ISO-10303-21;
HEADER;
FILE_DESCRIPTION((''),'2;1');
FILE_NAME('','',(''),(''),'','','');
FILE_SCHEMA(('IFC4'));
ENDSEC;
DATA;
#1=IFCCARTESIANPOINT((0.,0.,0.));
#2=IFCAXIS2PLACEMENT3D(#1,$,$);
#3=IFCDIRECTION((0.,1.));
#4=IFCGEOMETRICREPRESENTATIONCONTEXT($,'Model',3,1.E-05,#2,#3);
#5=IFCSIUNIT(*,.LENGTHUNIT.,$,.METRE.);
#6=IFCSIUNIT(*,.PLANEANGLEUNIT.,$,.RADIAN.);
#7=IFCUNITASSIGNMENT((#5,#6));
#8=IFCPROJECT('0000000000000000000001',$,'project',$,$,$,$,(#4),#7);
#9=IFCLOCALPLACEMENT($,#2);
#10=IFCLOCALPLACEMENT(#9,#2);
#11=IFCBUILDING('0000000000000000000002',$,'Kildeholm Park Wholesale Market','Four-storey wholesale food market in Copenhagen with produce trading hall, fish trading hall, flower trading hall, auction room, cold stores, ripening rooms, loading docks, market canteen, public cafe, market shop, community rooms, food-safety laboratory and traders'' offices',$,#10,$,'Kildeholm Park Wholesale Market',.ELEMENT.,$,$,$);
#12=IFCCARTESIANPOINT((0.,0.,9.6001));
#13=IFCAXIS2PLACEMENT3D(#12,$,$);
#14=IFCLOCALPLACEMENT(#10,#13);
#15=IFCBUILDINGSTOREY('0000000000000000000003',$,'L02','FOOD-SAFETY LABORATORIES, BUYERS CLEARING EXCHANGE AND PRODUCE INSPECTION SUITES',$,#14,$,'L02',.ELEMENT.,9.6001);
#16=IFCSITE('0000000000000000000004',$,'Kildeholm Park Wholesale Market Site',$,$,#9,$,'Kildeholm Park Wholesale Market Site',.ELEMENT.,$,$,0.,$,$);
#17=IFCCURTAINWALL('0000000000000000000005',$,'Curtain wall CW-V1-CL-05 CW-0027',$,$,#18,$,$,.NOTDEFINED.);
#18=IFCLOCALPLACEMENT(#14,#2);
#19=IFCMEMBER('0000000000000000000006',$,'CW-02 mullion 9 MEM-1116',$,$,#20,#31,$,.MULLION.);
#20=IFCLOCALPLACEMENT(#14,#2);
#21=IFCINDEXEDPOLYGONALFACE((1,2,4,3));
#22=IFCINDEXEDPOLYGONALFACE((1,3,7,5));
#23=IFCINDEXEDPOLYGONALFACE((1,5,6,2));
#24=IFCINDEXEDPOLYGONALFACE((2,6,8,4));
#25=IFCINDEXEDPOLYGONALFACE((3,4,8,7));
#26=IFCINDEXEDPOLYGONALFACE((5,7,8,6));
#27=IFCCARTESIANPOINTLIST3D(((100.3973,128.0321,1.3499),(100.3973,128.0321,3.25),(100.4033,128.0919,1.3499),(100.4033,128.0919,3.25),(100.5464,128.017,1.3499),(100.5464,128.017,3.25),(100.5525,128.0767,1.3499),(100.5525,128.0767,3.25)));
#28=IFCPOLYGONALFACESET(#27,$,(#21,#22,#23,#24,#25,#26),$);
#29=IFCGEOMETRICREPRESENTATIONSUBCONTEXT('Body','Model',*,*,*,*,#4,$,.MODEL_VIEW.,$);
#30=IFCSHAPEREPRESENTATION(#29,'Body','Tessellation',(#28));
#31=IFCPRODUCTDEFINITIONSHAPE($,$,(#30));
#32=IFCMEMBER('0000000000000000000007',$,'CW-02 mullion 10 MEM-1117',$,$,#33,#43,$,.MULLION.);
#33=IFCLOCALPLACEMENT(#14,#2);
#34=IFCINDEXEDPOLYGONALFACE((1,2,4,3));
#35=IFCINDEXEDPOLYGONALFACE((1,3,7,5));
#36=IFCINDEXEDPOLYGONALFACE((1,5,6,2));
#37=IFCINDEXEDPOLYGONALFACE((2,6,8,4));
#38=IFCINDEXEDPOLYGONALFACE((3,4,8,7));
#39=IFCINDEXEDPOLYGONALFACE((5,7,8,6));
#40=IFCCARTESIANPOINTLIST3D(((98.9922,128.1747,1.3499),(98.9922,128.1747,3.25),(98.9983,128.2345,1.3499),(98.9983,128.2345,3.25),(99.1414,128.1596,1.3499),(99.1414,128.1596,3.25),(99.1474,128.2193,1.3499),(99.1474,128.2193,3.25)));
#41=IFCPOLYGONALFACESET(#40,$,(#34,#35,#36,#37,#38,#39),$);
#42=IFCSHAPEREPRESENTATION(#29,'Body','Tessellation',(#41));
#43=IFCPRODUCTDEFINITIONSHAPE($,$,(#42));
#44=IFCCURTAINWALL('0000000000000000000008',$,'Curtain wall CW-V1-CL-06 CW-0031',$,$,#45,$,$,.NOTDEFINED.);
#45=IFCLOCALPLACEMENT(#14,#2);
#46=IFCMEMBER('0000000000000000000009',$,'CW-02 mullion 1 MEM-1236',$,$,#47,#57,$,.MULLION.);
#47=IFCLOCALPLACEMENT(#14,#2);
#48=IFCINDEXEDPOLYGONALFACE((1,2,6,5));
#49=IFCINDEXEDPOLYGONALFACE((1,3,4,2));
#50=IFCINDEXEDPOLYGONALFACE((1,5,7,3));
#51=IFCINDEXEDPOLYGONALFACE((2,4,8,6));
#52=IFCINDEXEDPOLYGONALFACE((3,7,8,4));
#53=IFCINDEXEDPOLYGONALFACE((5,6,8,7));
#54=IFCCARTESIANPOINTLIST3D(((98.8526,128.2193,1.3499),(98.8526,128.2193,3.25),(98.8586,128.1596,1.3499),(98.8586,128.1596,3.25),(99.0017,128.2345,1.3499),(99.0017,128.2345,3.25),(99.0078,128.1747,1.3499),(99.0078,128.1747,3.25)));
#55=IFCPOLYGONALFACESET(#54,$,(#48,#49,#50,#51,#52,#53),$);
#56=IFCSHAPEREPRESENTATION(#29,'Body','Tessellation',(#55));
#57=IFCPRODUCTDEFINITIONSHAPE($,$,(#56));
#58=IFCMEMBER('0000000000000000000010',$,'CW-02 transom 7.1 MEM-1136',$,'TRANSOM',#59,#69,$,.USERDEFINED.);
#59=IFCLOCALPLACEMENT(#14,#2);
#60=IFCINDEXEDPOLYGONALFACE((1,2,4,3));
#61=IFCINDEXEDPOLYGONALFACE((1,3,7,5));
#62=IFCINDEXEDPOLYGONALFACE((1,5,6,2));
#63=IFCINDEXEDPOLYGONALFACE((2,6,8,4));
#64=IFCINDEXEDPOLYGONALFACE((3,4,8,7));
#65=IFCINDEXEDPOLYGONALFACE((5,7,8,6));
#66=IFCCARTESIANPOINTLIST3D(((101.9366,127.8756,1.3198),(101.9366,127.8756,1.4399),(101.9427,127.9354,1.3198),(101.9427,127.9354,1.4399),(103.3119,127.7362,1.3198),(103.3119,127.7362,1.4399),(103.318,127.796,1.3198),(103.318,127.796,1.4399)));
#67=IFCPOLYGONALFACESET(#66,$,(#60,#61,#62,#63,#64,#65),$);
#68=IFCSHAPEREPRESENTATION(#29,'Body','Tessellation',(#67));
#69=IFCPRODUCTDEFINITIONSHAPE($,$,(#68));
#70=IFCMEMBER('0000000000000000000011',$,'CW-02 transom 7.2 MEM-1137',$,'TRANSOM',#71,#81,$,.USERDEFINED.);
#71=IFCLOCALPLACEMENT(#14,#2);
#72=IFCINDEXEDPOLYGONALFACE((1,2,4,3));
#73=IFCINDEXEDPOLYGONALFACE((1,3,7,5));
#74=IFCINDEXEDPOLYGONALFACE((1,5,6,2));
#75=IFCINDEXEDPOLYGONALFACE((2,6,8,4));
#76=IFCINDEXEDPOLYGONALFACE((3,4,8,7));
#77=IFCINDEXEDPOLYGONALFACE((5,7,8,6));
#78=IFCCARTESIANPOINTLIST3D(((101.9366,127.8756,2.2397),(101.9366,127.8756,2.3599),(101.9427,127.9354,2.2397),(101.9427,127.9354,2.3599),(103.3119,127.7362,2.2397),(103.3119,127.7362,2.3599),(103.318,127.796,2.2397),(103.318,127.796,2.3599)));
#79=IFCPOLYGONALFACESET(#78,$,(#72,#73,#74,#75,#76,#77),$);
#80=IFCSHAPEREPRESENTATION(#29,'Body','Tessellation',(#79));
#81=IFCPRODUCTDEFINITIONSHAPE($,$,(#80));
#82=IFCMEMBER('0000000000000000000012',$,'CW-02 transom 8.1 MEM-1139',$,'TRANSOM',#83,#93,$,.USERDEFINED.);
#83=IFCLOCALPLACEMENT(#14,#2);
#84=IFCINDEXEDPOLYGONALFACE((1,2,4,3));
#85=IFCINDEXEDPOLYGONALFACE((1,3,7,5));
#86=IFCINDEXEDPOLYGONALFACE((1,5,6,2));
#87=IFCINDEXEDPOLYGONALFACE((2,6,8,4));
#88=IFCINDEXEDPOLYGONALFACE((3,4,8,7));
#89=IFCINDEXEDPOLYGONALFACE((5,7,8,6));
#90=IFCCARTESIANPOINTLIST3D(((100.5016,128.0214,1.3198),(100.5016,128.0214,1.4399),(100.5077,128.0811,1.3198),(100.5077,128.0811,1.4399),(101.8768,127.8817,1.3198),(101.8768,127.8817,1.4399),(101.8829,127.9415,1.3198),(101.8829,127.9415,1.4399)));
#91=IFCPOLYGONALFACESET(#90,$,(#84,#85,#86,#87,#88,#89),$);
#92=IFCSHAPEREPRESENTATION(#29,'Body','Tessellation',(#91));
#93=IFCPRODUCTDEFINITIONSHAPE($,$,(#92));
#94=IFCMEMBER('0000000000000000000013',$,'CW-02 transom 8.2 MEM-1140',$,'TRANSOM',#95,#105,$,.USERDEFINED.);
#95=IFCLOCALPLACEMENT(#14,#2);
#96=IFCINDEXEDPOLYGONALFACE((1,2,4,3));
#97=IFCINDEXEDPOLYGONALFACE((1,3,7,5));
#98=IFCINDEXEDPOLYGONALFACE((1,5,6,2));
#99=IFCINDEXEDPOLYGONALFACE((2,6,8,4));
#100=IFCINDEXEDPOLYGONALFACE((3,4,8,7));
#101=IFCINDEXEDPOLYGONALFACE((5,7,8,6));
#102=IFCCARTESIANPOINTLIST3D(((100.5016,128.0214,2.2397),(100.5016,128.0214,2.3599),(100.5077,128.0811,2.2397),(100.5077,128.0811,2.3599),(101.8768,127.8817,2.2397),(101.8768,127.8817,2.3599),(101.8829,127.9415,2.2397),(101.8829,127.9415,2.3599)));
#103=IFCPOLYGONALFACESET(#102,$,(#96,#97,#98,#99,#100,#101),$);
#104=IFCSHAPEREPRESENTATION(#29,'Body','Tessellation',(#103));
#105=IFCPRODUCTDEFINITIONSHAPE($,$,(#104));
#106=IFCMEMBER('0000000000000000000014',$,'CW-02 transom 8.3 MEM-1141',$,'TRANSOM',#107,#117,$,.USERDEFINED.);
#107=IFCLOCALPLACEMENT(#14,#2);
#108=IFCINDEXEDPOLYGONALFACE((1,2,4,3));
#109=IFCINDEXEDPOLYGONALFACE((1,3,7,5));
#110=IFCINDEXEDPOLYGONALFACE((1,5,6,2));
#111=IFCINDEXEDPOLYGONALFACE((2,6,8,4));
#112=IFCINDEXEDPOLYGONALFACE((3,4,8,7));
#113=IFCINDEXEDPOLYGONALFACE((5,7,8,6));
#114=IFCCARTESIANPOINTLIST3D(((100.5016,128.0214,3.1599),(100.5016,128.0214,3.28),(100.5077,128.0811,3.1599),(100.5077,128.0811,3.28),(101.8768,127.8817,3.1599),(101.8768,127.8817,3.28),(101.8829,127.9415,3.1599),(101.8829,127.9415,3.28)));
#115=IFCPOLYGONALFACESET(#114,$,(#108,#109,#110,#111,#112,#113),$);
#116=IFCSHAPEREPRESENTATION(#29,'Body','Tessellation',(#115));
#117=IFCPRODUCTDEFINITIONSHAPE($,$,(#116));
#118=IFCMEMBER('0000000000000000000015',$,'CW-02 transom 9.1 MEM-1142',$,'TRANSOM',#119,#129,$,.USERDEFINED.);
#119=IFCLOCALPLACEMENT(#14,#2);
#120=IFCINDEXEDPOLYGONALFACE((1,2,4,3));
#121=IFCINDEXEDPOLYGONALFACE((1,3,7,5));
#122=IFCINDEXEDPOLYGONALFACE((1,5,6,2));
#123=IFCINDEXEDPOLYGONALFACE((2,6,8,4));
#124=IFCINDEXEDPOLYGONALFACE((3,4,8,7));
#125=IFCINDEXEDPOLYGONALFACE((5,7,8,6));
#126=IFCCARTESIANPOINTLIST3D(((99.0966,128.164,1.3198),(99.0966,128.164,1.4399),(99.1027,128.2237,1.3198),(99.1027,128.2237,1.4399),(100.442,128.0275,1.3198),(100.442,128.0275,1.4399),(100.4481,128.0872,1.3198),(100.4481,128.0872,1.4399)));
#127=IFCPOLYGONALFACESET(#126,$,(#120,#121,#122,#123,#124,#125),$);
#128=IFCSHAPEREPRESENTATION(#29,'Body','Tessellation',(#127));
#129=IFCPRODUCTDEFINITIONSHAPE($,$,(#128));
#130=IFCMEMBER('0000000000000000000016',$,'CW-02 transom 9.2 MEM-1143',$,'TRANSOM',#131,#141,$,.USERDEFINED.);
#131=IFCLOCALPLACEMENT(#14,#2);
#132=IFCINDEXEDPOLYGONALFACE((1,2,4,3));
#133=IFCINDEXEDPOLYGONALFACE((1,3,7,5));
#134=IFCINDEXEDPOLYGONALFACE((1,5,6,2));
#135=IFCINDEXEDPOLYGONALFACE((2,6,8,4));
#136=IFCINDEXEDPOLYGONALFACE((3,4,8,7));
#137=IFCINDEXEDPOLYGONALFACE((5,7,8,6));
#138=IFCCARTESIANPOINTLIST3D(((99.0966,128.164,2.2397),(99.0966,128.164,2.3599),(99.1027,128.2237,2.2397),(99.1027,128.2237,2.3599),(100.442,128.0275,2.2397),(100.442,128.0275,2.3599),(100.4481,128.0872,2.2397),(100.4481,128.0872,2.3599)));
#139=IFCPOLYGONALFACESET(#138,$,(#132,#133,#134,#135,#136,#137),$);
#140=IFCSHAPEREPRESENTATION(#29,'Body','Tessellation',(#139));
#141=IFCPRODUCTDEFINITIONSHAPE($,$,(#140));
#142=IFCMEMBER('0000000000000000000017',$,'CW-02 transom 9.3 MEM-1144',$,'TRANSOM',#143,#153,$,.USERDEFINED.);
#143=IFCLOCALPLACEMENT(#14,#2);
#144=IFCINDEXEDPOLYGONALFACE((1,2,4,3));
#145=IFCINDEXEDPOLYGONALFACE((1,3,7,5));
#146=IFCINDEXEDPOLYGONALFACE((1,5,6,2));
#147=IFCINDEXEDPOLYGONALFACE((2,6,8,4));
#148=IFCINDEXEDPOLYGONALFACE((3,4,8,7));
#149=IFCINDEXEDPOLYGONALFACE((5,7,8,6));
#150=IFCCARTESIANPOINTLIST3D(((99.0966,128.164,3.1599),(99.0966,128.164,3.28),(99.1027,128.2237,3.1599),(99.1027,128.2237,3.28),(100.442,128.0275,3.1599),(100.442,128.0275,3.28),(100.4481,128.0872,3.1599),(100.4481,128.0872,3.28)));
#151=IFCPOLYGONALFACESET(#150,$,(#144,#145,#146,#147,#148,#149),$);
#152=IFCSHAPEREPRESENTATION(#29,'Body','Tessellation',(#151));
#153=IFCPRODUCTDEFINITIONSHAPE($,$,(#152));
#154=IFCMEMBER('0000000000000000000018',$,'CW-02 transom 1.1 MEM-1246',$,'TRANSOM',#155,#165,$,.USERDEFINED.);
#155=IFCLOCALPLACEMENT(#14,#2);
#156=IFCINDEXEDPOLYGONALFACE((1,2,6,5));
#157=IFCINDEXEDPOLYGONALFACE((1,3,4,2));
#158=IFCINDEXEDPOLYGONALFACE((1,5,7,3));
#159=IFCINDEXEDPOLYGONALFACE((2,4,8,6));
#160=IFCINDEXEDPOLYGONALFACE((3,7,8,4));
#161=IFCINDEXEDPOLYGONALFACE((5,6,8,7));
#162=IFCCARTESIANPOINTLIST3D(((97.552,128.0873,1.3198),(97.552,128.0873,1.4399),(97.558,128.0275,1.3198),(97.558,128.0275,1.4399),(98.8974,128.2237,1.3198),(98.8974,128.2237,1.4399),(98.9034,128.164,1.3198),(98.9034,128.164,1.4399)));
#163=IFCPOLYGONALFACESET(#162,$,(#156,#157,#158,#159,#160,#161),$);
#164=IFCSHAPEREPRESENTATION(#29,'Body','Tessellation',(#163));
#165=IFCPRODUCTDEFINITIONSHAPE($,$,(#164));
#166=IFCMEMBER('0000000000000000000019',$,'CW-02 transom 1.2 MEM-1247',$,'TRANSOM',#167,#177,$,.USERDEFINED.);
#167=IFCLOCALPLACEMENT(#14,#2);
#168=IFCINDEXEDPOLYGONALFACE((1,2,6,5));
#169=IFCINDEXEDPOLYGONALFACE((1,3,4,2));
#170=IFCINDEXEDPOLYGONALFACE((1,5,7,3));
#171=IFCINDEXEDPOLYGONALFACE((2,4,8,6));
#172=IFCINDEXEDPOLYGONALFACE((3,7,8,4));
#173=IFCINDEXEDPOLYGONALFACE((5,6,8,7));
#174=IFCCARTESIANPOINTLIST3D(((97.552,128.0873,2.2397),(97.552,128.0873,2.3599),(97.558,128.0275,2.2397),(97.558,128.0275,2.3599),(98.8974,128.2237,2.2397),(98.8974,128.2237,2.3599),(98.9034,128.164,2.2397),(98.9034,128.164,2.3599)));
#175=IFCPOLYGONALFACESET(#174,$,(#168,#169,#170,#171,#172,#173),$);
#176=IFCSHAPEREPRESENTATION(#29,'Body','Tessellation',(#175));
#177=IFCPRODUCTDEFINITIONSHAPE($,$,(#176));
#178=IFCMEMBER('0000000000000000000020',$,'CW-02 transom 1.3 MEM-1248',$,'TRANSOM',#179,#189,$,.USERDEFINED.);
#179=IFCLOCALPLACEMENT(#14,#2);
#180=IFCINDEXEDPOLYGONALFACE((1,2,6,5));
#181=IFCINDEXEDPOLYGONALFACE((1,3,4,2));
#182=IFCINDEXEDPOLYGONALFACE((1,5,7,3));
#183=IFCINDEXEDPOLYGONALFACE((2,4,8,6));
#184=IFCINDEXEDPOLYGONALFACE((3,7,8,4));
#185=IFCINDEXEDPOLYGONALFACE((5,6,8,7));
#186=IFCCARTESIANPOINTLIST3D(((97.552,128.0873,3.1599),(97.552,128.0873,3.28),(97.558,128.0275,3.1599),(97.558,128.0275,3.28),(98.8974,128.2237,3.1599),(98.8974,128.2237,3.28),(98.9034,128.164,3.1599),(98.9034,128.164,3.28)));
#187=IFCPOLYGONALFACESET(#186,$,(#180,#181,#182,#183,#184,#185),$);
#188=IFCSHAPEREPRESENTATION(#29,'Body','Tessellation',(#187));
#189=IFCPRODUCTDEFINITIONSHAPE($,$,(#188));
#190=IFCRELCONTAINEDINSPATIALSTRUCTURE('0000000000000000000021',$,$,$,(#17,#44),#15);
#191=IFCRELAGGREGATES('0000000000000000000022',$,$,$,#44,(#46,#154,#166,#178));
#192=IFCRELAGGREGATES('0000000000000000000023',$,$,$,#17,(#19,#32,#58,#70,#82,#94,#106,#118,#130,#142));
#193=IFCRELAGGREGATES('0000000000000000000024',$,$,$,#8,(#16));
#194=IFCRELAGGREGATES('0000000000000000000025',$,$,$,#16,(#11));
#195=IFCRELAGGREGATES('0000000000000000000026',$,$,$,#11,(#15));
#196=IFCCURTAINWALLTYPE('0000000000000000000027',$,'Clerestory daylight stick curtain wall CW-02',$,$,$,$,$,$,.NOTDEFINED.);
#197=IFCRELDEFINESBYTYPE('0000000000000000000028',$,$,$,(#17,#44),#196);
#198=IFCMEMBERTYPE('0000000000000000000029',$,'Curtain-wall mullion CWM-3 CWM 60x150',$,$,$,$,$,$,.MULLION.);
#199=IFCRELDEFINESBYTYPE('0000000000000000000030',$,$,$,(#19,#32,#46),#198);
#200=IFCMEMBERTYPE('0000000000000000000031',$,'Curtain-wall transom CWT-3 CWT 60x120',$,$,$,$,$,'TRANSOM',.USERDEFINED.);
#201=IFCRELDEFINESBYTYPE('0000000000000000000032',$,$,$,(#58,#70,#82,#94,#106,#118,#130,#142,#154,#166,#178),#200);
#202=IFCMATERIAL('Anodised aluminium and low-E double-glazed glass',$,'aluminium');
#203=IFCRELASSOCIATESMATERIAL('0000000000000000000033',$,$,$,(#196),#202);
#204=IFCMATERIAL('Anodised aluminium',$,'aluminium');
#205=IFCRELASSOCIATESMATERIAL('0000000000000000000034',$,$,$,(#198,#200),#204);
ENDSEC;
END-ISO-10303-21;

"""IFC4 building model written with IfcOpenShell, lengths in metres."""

from ifc_helpers import new_model, si_unit, direction, frame, origin, origin_2d, place, context, subcontext, project, spatial, rectangle, extrude, material, material_profile, profile_set, type_object, element, aggregate, save


model = new_model("IFC4")

# Units and contexts
model_context = context("Model", 3, precision=1e-05, world=origin(), true_north=direction((0.0, 1.0)))
body_context = subcontext(model_context, "Body", "Model", "MODEL_VIEW")
ifc_project = project(units=[si_unit("LENGTHUNIT", "METRE"), si_unit("PLANEANGLEUNIT", "RADIAN")], contexts=[model_context])

# Site, building, storey
site_placement = place(None, origin())
site = spatial("IfcSite", under=ifc_project, at=site_placement, Name="Kildeholm Park Wholesale Market Site", LongName="Kildeholm Park Wholesale Market Site", CompositionType="ELEMENT", RefElevation=0.0)
building_placement = place(site_placement, origin())
building = spatial("IfcBuilding", under=site, at=building_placement, Name="Kildeholm Park Wholesale Market", Description="Four-storey wholesale food market in Copenhagen with produce trading hall, fish trading hall, flower trading hall, auction room, cold stores, ripening rooms, loading docks, market canteen, public cafe, market shop, community rooms, food-safety laboratory and traders' offices", LongName="Kildeholm Park Wholesale Market", CompositionType="ELEMENT")
storey_placement = place(building_placement, frame((0.0, 0.0, 9.6001)))
storey = spatial("IfcBuildingStorey", under=building, at=storey_placement, Name="L02", Description="FOOD-SAFETY LABORATORIES, BUYERS CLEARING EXCHANGE AND PRODUCE INSPECTION SUITES", LongName="L02", CompositionType="ELEMENT", Elevation=9.6001)

# Curtain wall, members
ifc_material_1 = material(Name="Anodised aluminium and low-E double-glazed glass", Category="aluminium")
curtain_wall_type = type_object("IfcCurtainWallType", Name="Clerestory daylight stick curtain wall CW-02", PredefinedType="NOTDEFINED", material=ifc_material_1)
curtain_wall_1_placement = place(storey_placement, origin())
curtain_wall_1 = element("IfcCurtainWall", 1, at=curtain_wall_1_placement, inside=storey, type_object=curtain_wall_type, Name="Curtain wall CW-V1-CL-05 CW-0027", PredefinedType="NOTDEFINED")
ifc_material_2 = material(Name="Anodised aluminium", Category="aluminium")
ifc_material_profile_1 = material_profile(ifc_material_2, rectangle(XDim=0.0601, YDim=0.1499, at=origin_2d()), Name="CWM 60x150")
ifc_profile_set_1 = profile_set([ifc_material_profile_1], Name="Anodised aluminium")
member_type_1 = type_object("IfcMemberType", Name="Curtain-wall mullion CWM-3 CWM 60x150", PredefinedType="MULLION", material=ifc_profile_set_1)
member_1_placement = place(storey_placement, frame((100.4749, 128.0544, 1.3499), z_axis=(0.0, 0.0, 1.0), x_axis=(-0.100999, -0.994887, 0.0)))
member_1 = element("IfcMember", 2, at=member_1_placement, type_object=member_type_1, Name="CW-02 mullion 9 MEM-1116", PredefinedType="MULLION", context=body_context, shape_type="SweptSolid", body=[
    extrude(rectangle(XDim=0.0601, YDim=0.1499, at=origin_2d()), origin(), (0.0, 0.0, 1.0), 1.9001),
])
member_2_placement = place(storey_placement, frame((99.0698, 128.197, 1.3499), z_axis=(0.0, 0.0, 1.0), x_axis=(-0.100999, -0.994887, 0.0)))
member_2 = element("IfcMember", 3, at=member_2_placement, type_object=member_type_1, Name="CW-02 mullion 10 MEM-1117", PredefinedType="MULLION", context=body_context, shape_type="SweptSolid", body=[
    extrude(rectangle(XDim=0.0601, YDim=0.1499, at=origin_2d()), origin(), (0.0, 0.0, 1.0), 1.9001),
])

# Curtain wall, member
curtain_wall_2_placement = place(storey_placement, origin())
curtain_wall_2 = element("IfcCurtainWall", 4, at=curtain_wall_2_placement, inside=storey, type_object=curtain_wall_type, Name="Curtain wall CW-V1-CL-06 CW-0031", PredefinedType="NOTDEFINED")
member_3_placement = place(storey_placement, frame((98.9302, 128.197, 1.3499), z_axis=(0.0, 0.0, 1.0), x_axis=(0.100999, -0.994887, 0.0)))
member_3 = element("IfcMember", 5, at=member_3_placement, type_object=member_type_1, Name="CW-02 mullion 1 MEM-1236", PredefinedType="MULLION", context=body_context, shape_type="SweptSolid", body=[
    extrude(rectangle(XDim=0.0601, YDim=0.1499, at=origin_2d()), origin(), (0.0, 0.0, 1.0), 1.9001),
])

# Members
ifc_material_profile_2 = material_profile(ifc_material_2, rectangle(XDim=0.0601, YDim=0.1201, at=origin_2d()), Name="CWT 60x120")
ifc_profile_set_2 = profile_set([ifc_material_profile_2], Name="Anodised aluminium")
member_type_2 = type_object("IfcMemberType", Name="Curtain-wall transom CWT-3 CWT 60x120", ElementType="TRANSOM", PredefinedType="USERDEFINED", material=ifc_profile_set_2)
member_4_placement = place(storey_placement, frame((103.3149, 127.7661, 1.3799), z_axis=(-0.994902, 0.10085, 0.0), x_axis=(-0.10085, -0.994902, 0.0)))
member_4 = element("IfcMember", 6, at=member_4_placement, type_object=member_type_2, Name="CW-02 transom 7.1 MEM-1136", ObjectType="TRANSOM", PredefinedType="USERDEFINED", context=body_context, shape_type="SweptSolid", body=[
    extrude(rectangle(XDim=0.0601, YDim=0.1201, at=origin_2d()), origin(), (0.0, 0.0, 1.0), 1.3823),
])
member_5_placement = place(storey_placement, frame((103.3149, 127.7661, 2.2998), z_axis=(-0.994902, 0.10085, 0.0), x_axis=(-0.10085, -0.994902, 0.0)))
member_5 = element("IfcMember", 7, at=member_5_placement, type_object=member_type_2, Name="CW-02 transom 7.2 MEM-1137", ObjectType="TRANSOM", PredefinedType="USERDEFINED", context=body_context, shape_type="SweptSolid", body=[
    extrude(rectangle(XDim=0.0601, YDim=0.1201, at=origin_2d()), origin(), (0.0, 0.0, 1.0), 1.3823),
])
member_6_placement = place(storey_placement, frame((101.8799, 127.9116, 1.3799), z_axis=(-0.994884, 0.101025, 0.0), x_axis=(-0.101025, -0.994884, 0.0)))
member_6 = element("IfcMember", 8, at=member_6_placement, type_object=member_type_2, Name="CW-02 transom 8.1 MEM-1139", ObjectType="TRANSOM", PredefinedType="USERDEFINED", context=body_context, shape_type="SweptSolid", body=[
    extrude(rectangle(XDim=0.0601, YDim=0.1201, at=origin_2d()), origin(), (0.0, 0.0, 1.0), 1.3823),
])
member_7_placement = place(storey_placement, frame((101.8799, 127.9116, 2.2998), z_axis=(-0.994884, 0.101025, 0.0), x_axis=(-0.101025, -0.994884, 0.0)))
member_7 = element("IfcMember", 9, at=member_7_placement, type_object=member_type_2, Name="CW-02 transom 8.2 MEM-1140", ObjectType="TRANSOM", PredefinedType="USERDEFINED", context=body_context, shape_type="SweptSolid", body=[
    extrude(rectangle(XDim=0.0601, YDim=0.1201, at=origin_2d()), origin(), (0.0, 0.0, 1.0), 1.3823),
])
member_8_placement = place(storey_placement, frame((101.8799, 127.9116, 3.22), z_axis=(-0.994884, 0.101025, 0.0), x_axis=(-0.101025, -0.994884, 0.0)))
member_8 = element("IfcMember", 10, at=member_8_placement, type_object=member_type_2, Name="CW-02 transom 8.3 MEM-1141", ObjectType="TRANSOM", PredefinedType="USERDEFINED", context=body_context, shape_type="SweptSolid", body=[
    extrude(rectangle(XDim=0.0601, YDim=0.1201, at=origin_2d()), origin(), (0.0, 0.0, 1.0), 1.3823),
])
member_9_placement = place(storey_placement, frame((100.4451, 128.0574, 1.3799), z_axis=(-0.994895, 0.100916, 0.0), x_axis=(-0.100916, -0.994895, 0.0)))
member_9 = element("IfcMember", 11, at=member_9_placement, type_object=member_type_2, Name="CW-02 transom 9.1 MEM-1142", ObjectType="TRANSOM", PredefinedType="USERDEFINED", context=body_context, shape_type="SweptSolid", body=[
    extrude(rectangle(XDim=0.0601, YDim=0.1201, at=origin_2d()), origin(), (0.0, 0.0, 1.0), 1.3523),
])
member_10_placement = place(storey_placement, frame((100.4451, 128.0574, 2.2998), z_axis=(-0.994895, 0.100916, 0.0), x_axis=(-0.100916, -0.994895, 0.0)))
member_10 = element("IfcMember", 12, at=member_10_placement, type_object=member_type_2, Name="CW-02 transom 9.2 MEM-1143", ObjectType="TRANSOM", PredefinedType="USERDEFINED", context=body_context, shape_type="SweptSolid", body=[
    extrude(rectangle(XDim=0.0601, YDim=0.1201, at=origin_2d()), origin(), (0.0, 0.0, 1.0), 1.3523),
])
member_11_placement = place(storey_placement, frame((100.4451, 128.0574, 3.22), z_axis=(-0.994895, 0.100916, 0.0), x_axis=(-0.100916, -0.994895, 0.0)))
member_11 = element("IfcMember", 13, at=member_11_placement, type_object=member_type_2, Name="CW-02 transom 9.3 MEM-1144", ObjectType="TRANSOM", PredefinedType="USERDEFINED", context=body_context, shape_type="SweptSolid", body=[
    extrude(rectangle(XDim=0.0601, YDim=0.1201, at=origin_2d()), origin(), (0.0, 0.0, 1.0), 1.3523),
])
member_12_placement = place(storey_placement, frame((98.9004, 128.1938, 1.3799), z_axis=(-0.994895, -0.100916, 0.0), x_axis=(0.100916, -0.994895, 0.0)))
member_12 = element("IfcMember", 14, at=member_12_placement, type_object=member_type_2, Name="CW-02 transom 1.1 MEM-1246", ObjectType="TRANSOM", PredefinedType="USERDEFINED", context=body_context, shape_type="SweptSolid", body=[
    extrude(rectangle(XDim=0.0601, YDim=0.1201, at=origin_2d()), origin(), (0.0, 0.0, 1.0), 1.3523),
])
member_13_placement = place(storey_placement, frame((98.9004, 128.1938, 2.2998), z_axis=(-0.994895, -0.100916, 0.0), x_axis=(0.100916, -0.994895, 0.0)))
member_13 = element("IfcMember", 15, at=member_13_placement, type_object=member_type_2, Name="CW-02 transom 1.2 MEM-1247", ObjectType="TRANSOM", PredefinedType="USERDEFINED", context=body_context, shape_type="SweptSolid", body=[
    extrude(rectangle(XDim=0.0601, YDim=0.1201, at=origin_2d()), origin(), (0.0, 0.0, 1.0), 1.3523),
])
member_14_placement = place(storey_placement, frame((98.9004, 128.1938, 3.22), z_axis=(-0.994895, -0.100916, 0.0), x_axis=(0.100916, -0.994895, 0.0)))
member_14 = element("IfcMember", 16, at=member_14_placement, type_object=member_type_2, Name="CW-02 transom 1.3 MEM-1248", ObjectType="TRANSOM", PredefinedType="USERDEFINED", context=body_context, shape_type="SweptSolid", body=[
    extrude(rectangle(XDim=0.0601, YDim=0.1201, at=origin_2d()), origin(), (0.0, 0.0, 1.0), 1.3523),
])
aggregate(curtain_wall_2, [member_3, member_12, member_13, member_14])

aggregate(curtain_wall_1, [member_1, member_2, member_4, member_5, member_6, member_7, member_8, member_9, member_10, member_11])

save(model, "model.ifc")
